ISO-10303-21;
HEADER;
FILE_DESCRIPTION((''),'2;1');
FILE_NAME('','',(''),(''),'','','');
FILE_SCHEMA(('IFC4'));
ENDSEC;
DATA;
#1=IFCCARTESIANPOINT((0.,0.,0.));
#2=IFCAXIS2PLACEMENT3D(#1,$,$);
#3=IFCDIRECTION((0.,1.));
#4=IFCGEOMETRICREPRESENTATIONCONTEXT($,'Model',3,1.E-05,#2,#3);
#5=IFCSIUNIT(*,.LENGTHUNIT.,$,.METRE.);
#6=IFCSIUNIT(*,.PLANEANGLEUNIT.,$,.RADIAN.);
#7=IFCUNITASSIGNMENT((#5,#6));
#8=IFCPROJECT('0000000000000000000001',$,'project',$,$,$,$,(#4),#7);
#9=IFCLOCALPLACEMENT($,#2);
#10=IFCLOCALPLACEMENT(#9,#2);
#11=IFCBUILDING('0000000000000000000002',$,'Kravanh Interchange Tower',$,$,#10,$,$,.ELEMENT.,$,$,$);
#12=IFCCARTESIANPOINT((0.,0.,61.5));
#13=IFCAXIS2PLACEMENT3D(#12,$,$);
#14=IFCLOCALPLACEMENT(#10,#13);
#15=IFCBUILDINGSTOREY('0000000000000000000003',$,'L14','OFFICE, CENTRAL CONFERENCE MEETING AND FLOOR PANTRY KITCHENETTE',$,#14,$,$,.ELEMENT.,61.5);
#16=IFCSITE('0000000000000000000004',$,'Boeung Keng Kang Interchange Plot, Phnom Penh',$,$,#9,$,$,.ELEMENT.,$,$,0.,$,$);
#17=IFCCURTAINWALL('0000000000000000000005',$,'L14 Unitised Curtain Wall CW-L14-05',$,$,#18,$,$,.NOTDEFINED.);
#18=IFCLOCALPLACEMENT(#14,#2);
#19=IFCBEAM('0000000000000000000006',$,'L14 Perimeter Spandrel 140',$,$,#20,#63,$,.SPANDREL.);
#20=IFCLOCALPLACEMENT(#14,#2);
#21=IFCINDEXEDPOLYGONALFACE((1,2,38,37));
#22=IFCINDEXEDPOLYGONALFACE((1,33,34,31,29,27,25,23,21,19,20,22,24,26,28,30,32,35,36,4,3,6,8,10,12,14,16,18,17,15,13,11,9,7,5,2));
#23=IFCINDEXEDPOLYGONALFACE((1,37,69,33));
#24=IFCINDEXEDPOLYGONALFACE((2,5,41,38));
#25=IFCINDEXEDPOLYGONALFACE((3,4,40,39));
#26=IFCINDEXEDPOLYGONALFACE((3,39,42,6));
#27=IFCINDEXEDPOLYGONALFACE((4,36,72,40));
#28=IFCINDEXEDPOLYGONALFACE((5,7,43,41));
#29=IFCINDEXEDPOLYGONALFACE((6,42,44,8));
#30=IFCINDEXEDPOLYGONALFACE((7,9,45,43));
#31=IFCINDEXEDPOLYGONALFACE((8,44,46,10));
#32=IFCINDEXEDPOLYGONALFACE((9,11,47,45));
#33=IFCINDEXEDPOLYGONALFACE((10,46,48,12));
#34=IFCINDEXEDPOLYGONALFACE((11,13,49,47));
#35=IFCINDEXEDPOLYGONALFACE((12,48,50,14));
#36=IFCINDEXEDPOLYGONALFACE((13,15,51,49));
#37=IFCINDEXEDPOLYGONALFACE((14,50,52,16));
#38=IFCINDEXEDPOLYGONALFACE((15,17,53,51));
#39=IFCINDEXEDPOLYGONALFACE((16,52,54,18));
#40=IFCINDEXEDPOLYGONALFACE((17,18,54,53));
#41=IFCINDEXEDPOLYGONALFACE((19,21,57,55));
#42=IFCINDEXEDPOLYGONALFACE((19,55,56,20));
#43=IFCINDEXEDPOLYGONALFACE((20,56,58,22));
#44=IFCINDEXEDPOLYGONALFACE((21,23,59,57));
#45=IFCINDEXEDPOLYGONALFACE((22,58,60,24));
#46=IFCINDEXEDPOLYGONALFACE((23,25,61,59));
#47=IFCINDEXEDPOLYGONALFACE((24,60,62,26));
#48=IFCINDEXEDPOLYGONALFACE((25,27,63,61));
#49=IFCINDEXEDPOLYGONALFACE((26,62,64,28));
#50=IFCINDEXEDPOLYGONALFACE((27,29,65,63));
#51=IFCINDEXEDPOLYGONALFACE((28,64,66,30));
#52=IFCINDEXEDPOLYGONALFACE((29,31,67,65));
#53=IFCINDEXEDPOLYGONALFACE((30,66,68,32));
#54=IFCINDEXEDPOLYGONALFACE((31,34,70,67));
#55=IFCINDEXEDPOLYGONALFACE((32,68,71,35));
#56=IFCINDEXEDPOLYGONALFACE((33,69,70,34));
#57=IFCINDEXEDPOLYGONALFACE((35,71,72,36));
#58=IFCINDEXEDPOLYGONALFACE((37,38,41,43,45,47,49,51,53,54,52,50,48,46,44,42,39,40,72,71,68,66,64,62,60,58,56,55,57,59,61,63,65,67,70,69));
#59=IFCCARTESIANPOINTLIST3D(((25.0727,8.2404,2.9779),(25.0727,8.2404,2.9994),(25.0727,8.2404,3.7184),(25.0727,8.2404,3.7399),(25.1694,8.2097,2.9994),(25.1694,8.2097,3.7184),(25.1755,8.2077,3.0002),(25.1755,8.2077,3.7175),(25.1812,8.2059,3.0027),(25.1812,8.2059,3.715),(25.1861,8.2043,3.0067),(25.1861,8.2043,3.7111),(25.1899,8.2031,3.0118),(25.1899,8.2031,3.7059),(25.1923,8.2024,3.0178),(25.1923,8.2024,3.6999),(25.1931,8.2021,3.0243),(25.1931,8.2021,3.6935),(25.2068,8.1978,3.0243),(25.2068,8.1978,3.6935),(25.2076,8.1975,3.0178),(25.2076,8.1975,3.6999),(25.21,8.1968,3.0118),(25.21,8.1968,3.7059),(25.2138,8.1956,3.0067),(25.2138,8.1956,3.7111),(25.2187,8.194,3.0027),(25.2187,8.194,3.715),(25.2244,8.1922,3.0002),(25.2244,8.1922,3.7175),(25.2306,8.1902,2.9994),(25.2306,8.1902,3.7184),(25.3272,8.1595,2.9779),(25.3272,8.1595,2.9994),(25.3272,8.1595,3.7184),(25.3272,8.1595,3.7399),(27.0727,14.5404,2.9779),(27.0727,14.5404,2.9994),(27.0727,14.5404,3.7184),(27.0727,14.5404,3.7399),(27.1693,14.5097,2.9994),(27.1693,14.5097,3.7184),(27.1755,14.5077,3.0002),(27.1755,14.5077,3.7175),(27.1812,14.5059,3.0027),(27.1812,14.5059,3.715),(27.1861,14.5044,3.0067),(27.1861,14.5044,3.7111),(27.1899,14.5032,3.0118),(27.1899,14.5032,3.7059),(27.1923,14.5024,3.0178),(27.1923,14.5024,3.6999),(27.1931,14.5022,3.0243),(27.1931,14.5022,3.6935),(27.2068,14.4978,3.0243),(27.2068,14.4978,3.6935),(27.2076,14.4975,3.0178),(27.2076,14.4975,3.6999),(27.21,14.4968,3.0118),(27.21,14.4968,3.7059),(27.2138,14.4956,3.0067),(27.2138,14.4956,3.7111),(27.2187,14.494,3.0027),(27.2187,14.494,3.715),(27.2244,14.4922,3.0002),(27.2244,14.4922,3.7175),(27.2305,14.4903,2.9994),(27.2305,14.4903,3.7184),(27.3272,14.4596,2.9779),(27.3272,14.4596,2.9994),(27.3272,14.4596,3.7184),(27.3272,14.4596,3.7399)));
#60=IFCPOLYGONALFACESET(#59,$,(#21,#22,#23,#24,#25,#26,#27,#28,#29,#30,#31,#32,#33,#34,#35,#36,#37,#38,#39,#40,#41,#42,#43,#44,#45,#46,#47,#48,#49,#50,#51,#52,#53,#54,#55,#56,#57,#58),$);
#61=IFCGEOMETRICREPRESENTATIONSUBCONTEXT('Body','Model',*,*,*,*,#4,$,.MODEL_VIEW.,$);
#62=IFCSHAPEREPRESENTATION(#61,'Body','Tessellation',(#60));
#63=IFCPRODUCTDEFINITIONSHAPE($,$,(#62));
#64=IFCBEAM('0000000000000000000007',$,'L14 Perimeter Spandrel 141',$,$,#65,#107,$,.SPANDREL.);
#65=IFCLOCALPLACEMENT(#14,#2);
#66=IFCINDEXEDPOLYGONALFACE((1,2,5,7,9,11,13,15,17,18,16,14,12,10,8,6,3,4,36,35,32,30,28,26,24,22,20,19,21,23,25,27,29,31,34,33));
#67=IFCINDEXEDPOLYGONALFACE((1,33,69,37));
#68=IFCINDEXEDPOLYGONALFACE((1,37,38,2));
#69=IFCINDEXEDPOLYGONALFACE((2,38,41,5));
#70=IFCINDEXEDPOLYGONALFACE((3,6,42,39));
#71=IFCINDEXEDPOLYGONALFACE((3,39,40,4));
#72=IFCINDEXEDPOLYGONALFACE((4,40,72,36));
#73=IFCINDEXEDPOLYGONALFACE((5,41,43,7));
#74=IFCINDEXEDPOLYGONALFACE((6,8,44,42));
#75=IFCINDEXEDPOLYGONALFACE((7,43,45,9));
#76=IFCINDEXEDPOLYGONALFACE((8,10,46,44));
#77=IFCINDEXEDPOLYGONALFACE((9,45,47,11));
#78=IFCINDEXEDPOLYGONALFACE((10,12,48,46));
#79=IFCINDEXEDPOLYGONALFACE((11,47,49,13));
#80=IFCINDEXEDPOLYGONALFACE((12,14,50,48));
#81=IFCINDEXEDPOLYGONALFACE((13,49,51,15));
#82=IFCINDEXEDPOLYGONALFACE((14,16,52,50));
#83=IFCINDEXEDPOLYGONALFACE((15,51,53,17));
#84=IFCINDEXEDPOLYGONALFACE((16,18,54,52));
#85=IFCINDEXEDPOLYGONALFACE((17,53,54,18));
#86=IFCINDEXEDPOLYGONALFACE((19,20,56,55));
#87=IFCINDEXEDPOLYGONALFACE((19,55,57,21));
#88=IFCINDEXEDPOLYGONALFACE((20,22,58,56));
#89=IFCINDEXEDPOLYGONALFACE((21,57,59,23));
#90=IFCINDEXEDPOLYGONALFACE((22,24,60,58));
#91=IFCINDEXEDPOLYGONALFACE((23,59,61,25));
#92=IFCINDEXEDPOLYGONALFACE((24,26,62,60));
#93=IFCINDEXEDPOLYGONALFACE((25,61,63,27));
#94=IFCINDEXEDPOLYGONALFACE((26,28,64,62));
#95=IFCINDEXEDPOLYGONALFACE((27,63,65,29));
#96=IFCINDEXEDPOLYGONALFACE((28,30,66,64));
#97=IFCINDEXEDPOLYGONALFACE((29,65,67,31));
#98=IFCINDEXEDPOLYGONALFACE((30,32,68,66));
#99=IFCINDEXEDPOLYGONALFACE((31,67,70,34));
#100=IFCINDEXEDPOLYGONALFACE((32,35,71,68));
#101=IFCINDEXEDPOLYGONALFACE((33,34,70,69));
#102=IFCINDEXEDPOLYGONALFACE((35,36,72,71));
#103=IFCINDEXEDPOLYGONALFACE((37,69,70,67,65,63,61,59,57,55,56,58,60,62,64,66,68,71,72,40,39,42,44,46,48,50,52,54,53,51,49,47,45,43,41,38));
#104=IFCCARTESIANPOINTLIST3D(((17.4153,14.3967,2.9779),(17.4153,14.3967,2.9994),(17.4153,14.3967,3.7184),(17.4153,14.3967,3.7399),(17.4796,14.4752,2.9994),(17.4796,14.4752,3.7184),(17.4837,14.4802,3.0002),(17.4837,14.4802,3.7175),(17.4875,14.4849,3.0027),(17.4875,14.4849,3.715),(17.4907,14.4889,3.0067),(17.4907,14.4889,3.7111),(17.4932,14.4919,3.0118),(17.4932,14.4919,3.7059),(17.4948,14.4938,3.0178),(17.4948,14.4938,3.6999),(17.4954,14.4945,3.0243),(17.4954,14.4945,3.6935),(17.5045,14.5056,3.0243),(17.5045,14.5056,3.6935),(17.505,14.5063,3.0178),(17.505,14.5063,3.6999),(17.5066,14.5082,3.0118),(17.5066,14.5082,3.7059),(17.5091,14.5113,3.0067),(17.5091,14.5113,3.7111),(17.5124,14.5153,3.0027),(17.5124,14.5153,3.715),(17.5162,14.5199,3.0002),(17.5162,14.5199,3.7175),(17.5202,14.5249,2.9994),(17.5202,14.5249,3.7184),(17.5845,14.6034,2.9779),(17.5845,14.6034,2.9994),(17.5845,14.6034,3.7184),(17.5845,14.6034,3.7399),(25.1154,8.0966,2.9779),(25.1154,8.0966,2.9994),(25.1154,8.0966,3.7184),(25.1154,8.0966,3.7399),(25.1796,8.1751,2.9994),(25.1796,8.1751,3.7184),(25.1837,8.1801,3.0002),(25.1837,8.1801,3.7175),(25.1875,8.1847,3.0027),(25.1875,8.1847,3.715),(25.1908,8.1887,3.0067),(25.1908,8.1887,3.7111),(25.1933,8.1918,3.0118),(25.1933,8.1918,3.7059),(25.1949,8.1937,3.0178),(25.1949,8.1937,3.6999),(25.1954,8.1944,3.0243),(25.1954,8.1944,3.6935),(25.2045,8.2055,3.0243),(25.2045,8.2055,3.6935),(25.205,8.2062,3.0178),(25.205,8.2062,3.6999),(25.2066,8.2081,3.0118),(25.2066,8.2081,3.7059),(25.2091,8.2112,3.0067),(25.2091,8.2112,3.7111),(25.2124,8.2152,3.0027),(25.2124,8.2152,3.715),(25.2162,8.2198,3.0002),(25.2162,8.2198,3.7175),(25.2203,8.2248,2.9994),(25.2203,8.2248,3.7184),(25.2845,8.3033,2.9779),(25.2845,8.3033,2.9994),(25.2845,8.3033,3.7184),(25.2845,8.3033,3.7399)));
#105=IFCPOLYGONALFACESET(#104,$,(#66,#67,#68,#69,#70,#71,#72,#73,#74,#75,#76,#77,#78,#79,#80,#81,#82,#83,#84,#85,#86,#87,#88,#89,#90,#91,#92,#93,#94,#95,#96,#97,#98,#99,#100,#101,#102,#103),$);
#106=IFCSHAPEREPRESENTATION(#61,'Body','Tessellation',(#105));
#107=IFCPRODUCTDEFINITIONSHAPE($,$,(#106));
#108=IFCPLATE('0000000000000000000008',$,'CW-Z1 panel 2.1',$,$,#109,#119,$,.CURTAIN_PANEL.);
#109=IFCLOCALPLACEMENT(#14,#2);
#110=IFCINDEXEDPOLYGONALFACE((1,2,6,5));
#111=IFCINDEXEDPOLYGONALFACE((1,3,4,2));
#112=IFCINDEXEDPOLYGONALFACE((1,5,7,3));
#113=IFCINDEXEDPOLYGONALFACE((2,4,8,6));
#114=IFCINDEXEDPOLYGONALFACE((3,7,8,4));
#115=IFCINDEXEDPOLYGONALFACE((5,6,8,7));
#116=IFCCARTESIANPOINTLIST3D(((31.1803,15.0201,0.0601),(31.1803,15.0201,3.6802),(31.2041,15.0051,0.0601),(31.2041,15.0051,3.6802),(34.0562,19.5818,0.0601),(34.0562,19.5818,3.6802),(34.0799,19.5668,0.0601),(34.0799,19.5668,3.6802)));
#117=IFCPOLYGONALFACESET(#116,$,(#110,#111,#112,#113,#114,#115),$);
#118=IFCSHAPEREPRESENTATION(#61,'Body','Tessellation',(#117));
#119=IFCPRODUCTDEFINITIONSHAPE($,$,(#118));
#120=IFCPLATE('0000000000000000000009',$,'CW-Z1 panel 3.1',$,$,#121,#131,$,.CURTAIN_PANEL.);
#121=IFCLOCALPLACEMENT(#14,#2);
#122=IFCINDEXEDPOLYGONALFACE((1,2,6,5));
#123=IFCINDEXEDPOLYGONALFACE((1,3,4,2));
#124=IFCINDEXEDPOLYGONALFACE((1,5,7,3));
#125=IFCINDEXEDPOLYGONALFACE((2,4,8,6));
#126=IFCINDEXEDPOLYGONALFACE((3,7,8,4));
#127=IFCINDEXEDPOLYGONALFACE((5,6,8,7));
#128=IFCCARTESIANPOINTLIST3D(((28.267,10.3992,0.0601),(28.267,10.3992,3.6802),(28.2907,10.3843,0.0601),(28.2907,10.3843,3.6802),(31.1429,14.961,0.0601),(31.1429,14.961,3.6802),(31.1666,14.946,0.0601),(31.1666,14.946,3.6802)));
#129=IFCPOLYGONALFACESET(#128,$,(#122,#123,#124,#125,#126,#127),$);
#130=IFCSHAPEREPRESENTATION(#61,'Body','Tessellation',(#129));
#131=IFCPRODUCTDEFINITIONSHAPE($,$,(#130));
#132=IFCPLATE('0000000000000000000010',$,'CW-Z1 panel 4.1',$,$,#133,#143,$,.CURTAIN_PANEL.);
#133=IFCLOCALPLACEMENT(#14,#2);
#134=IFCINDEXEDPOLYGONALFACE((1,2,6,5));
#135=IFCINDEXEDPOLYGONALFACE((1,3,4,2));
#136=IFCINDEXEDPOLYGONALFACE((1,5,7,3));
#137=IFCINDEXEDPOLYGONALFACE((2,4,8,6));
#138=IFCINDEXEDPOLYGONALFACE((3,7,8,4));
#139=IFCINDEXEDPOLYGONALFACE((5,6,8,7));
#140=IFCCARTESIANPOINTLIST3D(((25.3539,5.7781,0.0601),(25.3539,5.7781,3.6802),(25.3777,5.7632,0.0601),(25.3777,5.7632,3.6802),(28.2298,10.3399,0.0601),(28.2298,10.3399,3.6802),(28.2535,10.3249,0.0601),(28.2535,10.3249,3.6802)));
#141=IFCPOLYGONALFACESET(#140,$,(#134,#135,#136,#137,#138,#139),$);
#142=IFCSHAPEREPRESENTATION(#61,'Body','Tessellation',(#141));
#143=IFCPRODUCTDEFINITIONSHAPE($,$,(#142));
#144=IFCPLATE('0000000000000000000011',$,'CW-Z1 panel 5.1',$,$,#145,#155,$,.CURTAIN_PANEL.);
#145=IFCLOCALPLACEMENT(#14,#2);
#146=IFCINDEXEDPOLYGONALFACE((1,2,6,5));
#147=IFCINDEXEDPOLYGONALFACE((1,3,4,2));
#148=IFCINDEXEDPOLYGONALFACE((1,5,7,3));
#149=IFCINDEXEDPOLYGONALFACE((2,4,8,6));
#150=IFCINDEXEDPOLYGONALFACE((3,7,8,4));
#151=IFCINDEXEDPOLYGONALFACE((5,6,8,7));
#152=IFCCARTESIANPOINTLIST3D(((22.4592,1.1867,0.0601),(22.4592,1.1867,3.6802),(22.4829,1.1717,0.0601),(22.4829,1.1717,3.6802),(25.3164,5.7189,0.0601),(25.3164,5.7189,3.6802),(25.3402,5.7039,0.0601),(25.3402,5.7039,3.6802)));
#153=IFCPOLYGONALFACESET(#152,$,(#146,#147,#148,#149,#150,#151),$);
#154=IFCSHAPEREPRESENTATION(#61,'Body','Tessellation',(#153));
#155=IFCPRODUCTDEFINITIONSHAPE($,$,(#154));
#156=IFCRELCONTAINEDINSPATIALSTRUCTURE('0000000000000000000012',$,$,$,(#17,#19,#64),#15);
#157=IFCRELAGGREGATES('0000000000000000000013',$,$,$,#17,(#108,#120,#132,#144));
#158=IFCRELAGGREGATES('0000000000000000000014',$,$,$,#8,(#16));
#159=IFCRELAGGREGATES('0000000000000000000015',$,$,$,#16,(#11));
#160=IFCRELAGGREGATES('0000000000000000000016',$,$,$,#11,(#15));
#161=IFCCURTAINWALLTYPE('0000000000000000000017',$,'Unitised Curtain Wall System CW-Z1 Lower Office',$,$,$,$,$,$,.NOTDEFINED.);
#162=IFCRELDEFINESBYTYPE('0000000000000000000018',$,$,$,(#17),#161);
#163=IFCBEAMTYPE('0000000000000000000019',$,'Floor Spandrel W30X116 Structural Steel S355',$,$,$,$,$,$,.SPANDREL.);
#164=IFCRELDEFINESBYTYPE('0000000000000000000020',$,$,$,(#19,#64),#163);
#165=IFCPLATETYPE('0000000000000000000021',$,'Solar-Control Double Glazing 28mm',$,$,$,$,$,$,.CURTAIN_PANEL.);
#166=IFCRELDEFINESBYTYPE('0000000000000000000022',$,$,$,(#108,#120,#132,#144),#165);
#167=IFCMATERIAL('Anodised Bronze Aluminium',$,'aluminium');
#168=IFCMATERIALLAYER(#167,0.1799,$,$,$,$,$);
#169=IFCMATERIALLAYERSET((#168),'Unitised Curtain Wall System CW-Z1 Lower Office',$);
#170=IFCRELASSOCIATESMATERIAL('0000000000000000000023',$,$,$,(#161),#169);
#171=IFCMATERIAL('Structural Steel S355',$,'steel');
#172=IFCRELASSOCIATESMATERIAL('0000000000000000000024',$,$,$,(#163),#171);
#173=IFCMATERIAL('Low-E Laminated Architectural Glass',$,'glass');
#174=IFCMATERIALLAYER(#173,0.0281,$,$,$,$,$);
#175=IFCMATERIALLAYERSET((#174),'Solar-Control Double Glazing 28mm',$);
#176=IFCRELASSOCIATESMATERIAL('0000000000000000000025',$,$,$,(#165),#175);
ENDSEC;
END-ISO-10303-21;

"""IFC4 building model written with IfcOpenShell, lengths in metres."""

from ifc_helpers import new_model, si_unit, direction, frame, origin, origin_2d, place, context, subcontext, project, spatial, rectangle, i_section, extrude, material, layer, layer_set, material_profile, profile_set, type_object, element, aggregate, save


model = new_model("IFC4")

# Units and contexts
model_context = context("Model", 3, precision=1e-05, world=origin(), true_north=direction((0.0, 1.0)))
body_context = subcontext(model_context, "Body", "Model", "MODEL_VIEW")
ifc_project = project(units=[si_unit("LENGTHUNIT", "METRE"), si_unit("PLANEANGLEUNIT", "RADIAN")], contexts=[model_context])

# Site, building, storey
site_placement = place(None, origin())
site = spatial("IfcSite", under=ifc_project, at=site_placement, Name="Boeung Keng Kang Interchange Plot, Phnom Penh", CompositionType="ELEMENT", RefElevation=0.0)
building_placement = place(site_placement, origin())
building = spatial("IfcBuilding", under=site, at=building_placement, Name="Kravanh Interchange Tower", CompositionType="ELEMENT")
storey_placement = place(building_placement, frame((0.0, 0.0, 61.5)))
storey = spatial("IfcBuildingStorey", under=building, at=storey_placement, Name="L14", Description="OFFICE, CENTRAL CONFERENCE MEETING AND FLOOR PANTRY KITCHENETTE", CompositionType="ELEMENT", Elevation=61.5)

# Curtain wall
ifc_material_1 = material(Name="Anodised Bronze Aluminium", Category="aluminium")
ifc_layer_1 = layer(ifc_material_1, 0.1799)
ifc_layer_set_1 = layer_set([ifc_layer_1], Name="Unitised Curtain Wall System CW-Z1 Lower Office")
curtain_wall_type = type_object("IfcCurtainWallType", Name="Unitised Curtain Wall System CW-Z1 Lower Office", PredefinedType="NOTDEFINED", material=ifc_layer_set_1)
curtain_wall_1_placement = place(storey_placement, origin())
curtain_wall_1 = element("IfcCurtainWall", 1, at=curtain_wall_1_placement, inside=storey, type_object=curtain_wall_type, Name="L14 Unitised Curtain Wall CW-L14-05", PredefinedType="NOTDEFINED")

# Beams
ifc_material_2 = material(Name="Structural Steel S355", Category="steel")
ifc_material_profile_1 = material_profile(ifc_material_2, i_section(OverallWidth=0.2671, OverallDepth=0.762, WebThickness=0.0144, FlangeThickness=0.0215, FilletRadius=0.0249, at=origin_2d()), Name="W30X116")
ifc_profile_set_1 = profile_set([ifc_material_profile_1], Name="Structural Steel S355")
beam_type = type_object("IfcBeamType", Name="Floor Spandrel W30X116 Structural Steel S355", PredefinedType="SPANDREL", material=ifc_profile_set_1)
beam_1_placement = place(storey_placement, frame((25.2, 8.2, 3.3589), z_axis=(0.302577, 0.953125, 0.0), x_axis=(-0.953125, 0.302577, 0.0)))
element("IfcBeam", 2, at=beam_1_placement, inside=storey, type_object=beam_type, Name="L14 Perimeter Spandrel 140", PredefinedType="SPANDREL", context=body_context, shape_type="SweptSolid", body=[
    extrude(i_section(OverallWidth=0.2671, OverallDepth=0.762, WebThickness=0.0144, FlangeThickness=0.0215, FilletRadius=0.0249, at=origin_2d()), origin(), (0.0, 0.0, 1.0), 6.6099),
])
beam_2_placement = place(storey_placement, frame((25.2, 8.2, 3.3589), z_axis=(-0.773953, 0.633243, 0.0), x_axis=(-0.633243, -0.773953, 0.0)))
element("IfcBeam", 3, at=beam_2_placement, inside=storey, type_object=beam_type, Name="L14 Perimeter Spandrel 141", PredefinedType="SPANDREL", context=body_context, shape_type="SweptSolid", body=[
    extrude(i_section(OverallWidth=0.2671, OverallDepth=0.762, WebThickness=0.0144, FlangeThickness=0.0215, FilletRadius=0.0249, at=origin_2d()), origin(), (0.0, 0.0, 1.0), 9.949),
])

# Plates
ifc_material_3 = material(Name="Low-E Laminated Architectural Glass", Category="glass")
ifc_layer_2 = layer(ifc_material_3, 0.0281)
ifc_layer_set_2 = layer_set([ifc_layer_2], Name="Solar-Control Double Glazing 28mm")
plate_type = type_object("IfcPlateType", Name="Solar-Control Double Glazing 28mm", PredefinedType="CURTAIN_PANEL", material=ifc_layer_set_2)
plate_1_placement = place(storey_placement, frame((32.6301, 17.2935, 0.0601), z_axis=(0.0, 0.0, 1.0), x_axis=(-0.533301, -0.845926, 0.0)))
plate_1 = element("IfcPlate", 4, at=plate_1_placement, type_object=plate_type, Name="CW-Z1 panel 2.1", PredefinedType="CURTAIN_PANEL", context=body_context, shape_type="SweptSolid", body=[
    extrude(rectangle(XDim=5.3926, YDim=0.0281, at=origin_2d()), origin(), (0.0, 0.0, 1.0), 3.6201),
])
plate_2_placement = place(storey_placement, frame((29.7168, 12.6726, 0.0601), z_axis=(0.0, 0.0, 1.0), x_axis=(-0.533301, -0.845926, 0.0)))
plate_2 = element("IfcPlate", 5, at=plate_2_placement, type_object=plate_type, Name="CW-Z1 panel 3.1", PredefinedType="CURTAIN_PANEL", context=body_context, shape_type="SweptSolid", body=[
    extrude(rectangle(XDim=5.3926, YDim=0.0281, at=origin_2d()), origin(), (0.0, 0.0, 1.0), 3.6201),
])
plate_3_placement = place(storey_placement, frame((26.8037, 8.0515, 0.0601), z_axis=(0.0, 0.0, 1.0), x_axis=(-0.533301, -0.845926, 0.0)))
plate_3 = element("IfcPlate", 6, at=plate_3_placement, type_object=plate_type, Name="CW-Z1 panel 4.1", PredefinedType="CURTAIN_PANEL", context=body_context, shape_type="SweptSolid", body=[
    extrude(rectangle(XDim=5.3926, YDim=0.0281, at=origin_2d()), origin(), (0.0, 0.0, 1.0), 3.6201),
])
plate_4_placement = place(storey_placement, frame((23.8997, 3.4453, 0.0601), z_axis=(0.0, 0.0, 1.0), x_axis=(-0.533301, -0.845926, 0.0)))
plate_4 = element("IfcPlate", 7, at=plate_4_placement, type_object=plate_type, Name="CW-Z1 panel 5.1", PredefinedType="CURTAIN_PANEL", context=body_context, shape_type="SweptSolid", body=[
    extrude(rectangle(XDim=5.3577, YDim=0.0281, at=origin_2d()), origin(), (0.0, 0.0, 1.0), 3.6201),
])
aggregate(curtain_wall_1, [plate_1, plate_2, plate_3, plate_4])

save(model, "model.ifc")
